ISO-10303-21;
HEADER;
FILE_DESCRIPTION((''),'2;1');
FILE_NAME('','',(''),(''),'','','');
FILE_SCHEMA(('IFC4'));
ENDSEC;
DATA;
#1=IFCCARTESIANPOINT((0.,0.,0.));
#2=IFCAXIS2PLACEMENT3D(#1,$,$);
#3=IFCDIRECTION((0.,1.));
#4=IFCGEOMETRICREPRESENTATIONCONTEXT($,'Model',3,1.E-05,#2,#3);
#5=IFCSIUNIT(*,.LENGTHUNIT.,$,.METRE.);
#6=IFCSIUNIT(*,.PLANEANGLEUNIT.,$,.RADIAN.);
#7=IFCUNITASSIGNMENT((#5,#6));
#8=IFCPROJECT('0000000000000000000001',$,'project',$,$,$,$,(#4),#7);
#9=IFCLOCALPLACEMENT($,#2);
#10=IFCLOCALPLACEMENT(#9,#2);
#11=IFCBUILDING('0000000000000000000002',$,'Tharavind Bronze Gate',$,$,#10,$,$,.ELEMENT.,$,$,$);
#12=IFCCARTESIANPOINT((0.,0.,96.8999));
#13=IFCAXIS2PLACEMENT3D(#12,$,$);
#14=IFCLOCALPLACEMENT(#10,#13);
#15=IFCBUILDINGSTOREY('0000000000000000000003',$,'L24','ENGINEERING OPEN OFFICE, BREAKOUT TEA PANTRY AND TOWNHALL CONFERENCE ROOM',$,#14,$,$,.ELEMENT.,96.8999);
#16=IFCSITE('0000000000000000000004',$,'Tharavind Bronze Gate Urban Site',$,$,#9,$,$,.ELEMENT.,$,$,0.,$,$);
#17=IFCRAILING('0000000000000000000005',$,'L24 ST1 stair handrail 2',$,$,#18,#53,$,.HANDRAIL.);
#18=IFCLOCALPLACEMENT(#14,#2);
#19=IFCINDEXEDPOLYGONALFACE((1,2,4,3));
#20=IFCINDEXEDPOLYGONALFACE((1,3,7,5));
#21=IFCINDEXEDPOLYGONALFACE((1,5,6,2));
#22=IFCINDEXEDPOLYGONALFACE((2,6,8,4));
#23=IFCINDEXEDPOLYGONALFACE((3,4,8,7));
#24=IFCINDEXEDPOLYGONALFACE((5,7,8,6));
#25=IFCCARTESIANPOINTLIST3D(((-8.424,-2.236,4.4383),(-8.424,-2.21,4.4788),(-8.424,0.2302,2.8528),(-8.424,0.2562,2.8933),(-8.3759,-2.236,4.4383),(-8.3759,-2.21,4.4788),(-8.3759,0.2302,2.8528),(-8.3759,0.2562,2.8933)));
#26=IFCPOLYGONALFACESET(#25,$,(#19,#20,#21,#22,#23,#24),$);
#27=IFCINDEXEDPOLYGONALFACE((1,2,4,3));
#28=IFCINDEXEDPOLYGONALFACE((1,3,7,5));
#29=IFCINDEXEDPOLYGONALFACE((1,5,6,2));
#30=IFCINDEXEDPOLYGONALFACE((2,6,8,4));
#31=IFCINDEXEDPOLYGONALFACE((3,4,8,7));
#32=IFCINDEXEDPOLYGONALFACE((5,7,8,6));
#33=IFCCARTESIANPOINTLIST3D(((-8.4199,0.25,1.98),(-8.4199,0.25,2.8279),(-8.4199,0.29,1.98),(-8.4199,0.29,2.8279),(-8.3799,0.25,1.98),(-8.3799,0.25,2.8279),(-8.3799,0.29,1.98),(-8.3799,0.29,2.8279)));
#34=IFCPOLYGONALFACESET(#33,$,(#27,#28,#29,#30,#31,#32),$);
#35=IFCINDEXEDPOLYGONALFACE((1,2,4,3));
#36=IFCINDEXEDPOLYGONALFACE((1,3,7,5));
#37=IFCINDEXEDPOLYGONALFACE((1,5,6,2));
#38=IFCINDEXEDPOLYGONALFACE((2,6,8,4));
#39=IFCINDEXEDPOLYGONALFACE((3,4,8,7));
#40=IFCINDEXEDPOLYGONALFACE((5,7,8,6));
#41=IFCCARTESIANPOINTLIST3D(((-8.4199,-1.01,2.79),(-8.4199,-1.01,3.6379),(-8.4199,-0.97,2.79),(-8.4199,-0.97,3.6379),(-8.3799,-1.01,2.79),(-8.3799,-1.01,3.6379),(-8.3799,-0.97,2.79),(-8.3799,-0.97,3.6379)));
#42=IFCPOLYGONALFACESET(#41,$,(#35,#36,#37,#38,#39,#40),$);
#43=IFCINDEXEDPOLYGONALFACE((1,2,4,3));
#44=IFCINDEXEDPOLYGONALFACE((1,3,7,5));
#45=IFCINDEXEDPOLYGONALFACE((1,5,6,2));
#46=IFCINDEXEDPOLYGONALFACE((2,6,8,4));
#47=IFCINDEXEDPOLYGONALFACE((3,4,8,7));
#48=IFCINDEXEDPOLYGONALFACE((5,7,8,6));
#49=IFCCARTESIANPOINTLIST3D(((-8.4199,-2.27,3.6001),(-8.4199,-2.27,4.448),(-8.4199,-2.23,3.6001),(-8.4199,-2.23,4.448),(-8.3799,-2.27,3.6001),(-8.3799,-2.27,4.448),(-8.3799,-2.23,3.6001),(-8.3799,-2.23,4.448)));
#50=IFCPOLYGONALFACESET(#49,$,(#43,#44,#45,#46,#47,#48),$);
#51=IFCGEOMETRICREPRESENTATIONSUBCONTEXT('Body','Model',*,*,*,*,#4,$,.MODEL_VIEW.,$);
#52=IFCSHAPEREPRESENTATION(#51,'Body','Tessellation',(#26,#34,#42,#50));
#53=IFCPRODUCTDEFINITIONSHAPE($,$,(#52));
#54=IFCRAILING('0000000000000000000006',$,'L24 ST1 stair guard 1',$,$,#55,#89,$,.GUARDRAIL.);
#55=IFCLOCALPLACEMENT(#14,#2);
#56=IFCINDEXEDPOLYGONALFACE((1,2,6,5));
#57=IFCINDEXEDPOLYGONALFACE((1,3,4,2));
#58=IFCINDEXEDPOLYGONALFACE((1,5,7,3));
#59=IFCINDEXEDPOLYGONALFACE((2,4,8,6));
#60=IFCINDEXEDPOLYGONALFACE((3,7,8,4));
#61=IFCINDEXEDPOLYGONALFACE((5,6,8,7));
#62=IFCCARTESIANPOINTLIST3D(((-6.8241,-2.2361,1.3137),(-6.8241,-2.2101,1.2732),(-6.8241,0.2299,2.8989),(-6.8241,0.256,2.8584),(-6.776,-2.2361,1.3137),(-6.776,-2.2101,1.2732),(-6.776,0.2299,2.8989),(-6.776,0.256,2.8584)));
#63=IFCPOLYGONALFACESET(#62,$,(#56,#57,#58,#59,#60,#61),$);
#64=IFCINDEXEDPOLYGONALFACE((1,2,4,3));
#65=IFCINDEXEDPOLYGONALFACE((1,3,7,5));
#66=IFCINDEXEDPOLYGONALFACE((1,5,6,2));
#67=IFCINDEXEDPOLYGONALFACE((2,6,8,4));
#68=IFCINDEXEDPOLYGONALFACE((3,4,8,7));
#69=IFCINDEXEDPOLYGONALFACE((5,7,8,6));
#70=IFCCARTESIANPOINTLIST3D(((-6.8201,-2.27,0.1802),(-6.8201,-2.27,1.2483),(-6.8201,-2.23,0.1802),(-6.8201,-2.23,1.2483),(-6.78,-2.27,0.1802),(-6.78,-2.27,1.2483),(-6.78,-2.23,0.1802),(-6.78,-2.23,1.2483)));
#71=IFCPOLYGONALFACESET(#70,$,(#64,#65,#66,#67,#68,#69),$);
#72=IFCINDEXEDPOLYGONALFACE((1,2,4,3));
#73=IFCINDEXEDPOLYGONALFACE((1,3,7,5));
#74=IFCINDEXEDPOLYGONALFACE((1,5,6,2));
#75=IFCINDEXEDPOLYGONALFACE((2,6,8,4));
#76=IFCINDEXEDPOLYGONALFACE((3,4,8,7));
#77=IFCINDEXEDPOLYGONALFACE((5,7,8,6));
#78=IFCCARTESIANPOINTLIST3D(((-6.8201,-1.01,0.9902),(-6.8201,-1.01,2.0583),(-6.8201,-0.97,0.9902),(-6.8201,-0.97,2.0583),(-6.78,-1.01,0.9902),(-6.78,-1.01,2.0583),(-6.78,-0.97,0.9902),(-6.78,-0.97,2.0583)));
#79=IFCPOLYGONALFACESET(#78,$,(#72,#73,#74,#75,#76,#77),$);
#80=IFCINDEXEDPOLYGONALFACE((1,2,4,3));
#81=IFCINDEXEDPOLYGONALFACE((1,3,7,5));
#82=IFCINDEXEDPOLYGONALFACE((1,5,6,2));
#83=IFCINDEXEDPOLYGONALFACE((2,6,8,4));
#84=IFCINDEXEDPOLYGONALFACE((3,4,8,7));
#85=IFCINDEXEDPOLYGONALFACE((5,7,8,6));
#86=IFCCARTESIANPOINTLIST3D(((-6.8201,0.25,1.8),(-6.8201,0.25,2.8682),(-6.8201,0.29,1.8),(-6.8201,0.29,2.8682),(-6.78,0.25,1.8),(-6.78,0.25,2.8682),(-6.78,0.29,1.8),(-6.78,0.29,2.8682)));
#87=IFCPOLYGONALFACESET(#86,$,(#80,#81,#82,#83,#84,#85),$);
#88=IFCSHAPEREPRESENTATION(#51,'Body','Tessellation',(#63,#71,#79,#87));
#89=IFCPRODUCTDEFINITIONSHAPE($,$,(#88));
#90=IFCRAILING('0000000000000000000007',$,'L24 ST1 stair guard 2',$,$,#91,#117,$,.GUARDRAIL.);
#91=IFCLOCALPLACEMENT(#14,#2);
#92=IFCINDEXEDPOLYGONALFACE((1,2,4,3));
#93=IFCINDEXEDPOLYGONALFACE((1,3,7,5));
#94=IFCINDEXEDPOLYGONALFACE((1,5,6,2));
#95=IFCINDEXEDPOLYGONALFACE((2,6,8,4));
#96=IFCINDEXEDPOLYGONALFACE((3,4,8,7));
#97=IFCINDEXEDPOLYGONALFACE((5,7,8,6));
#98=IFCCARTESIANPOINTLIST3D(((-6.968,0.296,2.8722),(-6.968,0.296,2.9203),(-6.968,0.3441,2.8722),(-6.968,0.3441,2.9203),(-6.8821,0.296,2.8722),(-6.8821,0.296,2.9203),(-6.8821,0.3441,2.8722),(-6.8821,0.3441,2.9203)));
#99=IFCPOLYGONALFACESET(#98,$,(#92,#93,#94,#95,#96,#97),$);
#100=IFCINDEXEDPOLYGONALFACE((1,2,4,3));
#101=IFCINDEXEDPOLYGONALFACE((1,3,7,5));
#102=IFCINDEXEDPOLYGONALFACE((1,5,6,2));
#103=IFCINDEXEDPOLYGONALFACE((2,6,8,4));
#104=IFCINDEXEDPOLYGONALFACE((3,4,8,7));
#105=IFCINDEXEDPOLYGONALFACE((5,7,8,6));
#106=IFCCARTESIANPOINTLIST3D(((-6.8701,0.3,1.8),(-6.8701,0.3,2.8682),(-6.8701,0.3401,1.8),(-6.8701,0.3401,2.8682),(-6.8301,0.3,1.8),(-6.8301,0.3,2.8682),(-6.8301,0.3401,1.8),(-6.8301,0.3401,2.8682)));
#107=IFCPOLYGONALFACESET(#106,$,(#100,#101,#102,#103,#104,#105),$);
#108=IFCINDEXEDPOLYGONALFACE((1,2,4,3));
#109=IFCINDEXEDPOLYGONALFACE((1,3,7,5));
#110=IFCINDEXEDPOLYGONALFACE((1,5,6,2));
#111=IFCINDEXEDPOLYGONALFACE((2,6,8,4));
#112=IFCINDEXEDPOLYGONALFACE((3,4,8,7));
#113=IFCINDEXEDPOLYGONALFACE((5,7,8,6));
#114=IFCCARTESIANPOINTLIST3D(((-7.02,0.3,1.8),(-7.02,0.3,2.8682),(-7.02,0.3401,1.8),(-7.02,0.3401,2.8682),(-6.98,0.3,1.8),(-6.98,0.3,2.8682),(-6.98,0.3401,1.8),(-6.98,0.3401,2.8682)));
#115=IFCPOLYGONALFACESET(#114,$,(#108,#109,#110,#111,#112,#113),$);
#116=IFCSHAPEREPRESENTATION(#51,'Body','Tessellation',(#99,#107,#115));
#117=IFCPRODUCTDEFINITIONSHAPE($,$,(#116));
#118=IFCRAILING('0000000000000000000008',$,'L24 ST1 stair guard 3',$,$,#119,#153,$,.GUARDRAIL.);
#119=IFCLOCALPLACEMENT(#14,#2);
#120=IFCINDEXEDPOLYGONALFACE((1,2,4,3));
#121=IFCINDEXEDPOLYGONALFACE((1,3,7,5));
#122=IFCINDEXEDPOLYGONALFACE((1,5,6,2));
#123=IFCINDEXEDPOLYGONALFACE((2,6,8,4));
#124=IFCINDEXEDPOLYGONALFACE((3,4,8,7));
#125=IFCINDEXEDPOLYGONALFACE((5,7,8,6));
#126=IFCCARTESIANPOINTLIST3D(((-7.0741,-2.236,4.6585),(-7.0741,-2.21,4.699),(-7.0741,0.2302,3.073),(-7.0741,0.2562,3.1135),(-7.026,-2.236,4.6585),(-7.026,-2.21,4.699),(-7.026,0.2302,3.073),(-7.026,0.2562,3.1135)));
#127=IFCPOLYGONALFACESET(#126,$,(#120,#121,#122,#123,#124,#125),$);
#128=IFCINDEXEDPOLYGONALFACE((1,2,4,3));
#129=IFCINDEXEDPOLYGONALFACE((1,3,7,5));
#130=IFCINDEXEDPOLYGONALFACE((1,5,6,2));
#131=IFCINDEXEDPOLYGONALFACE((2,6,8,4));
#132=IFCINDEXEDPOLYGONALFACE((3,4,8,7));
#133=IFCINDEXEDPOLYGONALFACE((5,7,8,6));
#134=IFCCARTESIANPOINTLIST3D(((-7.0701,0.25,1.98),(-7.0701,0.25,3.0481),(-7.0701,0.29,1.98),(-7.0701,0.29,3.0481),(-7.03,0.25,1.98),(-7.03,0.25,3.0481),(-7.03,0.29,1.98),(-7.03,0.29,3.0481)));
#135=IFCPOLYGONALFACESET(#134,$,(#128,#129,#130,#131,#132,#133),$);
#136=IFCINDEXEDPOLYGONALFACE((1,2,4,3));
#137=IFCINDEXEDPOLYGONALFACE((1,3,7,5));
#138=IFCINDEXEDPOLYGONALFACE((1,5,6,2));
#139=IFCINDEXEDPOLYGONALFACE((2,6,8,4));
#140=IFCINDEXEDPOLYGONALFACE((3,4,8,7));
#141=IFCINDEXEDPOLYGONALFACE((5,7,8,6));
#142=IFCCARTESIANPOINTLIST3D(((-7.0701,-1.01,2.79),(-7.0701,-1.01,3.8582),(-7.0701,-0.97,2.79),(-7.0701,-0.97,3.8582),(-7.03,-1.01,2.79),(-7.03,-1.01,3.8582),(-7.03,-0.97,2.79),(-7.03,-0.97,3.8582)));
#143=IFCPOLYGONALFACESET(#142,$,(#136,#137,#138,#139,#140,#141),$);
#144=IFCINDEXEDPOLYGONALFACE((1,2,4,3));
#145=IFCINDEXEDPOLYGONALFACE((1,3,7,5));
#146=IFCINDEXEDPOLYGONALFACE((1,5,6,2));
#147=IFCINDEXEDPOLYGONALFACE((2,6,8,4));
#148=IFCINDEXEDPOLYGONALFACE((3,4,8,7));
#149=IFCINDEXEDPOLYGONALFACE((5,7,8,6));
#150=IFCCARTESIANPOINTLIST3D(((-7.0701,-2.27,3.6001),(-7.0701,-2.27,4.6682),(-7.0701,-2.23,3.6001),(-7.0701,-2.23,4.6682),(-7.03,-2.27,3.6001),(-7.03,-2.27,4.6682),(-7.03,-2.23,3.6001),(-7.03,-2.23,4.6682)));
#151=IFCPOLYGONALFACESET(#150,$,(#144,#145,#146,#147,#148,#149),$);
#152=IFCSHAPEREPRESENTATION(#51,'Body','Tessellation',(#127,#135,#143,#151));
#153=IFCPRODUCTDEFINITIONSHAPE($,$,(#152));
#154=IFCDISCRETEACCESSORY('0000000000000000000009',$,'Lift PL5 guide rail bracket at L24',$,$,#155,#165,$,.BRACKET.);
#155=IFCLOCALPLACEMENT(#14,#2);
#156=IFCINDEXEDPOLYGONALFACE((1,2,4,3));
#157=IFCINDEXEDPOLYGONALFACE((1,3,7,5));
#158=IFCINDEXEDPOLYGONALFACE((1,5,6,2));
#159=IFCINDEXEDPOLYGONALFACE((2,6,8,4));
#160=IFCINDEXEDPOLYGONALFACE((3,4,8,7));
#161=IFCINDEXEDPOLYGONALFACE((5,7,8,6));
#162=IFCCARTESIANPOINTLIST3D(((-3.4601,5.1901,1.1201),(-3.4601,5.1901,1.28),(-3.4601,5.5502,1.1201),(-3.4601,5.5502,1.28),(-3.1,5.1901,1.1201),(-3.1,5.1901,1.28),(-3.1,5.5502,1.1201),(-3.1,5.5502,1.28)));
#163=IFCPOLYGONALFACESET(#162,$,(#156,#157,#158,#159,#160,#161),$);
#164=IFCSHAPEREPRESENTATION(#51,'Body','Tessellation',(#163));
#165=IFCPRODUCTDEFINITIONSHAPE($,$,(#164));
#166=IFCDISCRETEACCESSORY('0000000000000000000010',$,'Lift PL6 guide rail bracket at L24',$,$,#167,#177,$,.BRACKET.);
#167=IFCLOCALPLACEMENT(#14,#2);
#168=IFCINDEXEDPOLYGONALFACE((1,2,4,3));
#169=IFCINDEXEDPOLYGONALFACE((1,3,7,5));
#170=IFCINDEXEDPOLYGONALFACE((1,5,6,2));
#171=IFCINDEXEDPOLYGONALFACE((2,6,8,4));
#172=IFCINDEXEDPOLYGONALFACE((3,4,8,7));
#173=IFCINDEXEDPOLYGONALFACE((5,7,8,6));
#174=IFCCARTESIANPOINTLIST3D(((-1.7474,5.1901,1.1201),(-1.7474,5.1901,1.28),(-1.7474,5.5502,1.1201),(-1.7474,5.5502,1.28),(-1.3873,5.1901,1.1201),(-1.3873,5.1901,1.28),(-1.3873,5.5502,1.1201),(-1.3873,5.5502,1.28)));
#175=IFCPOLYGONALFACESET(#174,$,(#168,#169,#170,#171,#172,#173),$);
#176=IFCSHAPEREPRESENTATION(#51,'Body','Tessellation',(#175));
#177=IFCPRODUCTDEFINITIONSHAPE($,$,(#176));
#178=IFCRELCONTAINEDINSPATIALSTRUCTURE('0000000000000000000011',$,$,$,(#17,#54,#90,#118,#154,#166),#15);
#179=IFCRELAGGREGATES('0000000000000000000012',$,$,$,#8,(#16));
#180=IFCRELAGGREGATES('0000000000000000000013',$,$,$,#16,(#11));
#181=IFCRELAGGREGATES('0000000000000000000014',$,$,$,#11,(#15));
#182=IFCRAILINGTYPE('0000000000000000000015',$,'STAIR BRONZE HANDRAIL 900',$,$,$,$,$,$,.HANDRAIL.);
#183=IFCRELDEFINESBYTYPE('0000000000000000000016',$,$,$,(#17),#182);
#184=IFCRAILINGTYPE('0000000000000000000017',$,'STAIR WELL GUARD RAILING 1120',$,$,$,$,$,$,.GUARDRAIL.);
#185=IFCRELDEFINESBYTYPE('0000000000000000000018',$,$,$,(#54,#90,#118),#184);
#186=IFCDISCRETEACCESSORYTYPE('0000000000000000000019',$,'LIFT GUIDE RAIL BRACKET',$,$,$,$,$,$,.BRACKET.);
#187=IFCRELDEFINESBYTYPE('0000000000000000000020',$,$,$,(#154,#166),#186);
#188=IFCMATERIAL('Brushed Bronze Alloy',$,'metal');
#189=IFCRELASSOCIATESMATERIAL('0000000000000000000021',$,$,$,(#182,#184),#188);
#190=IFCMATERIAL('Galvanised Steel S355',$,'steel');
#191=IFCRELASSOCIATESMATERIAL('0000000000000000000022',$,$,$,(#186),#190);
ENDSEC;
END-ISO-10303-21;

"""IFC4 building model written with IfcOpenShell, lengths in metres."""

from ifc_helpers import new_model, si_unit, direction, frame, origin, origin_2d, place, context, subcontext, project, spatial, rectangle, extrude, material, type_object, element, save


model = new_model("IFC4")

# Units and contexts
model_context = context("Model", 3, precision=1e-05, world=origin(), true_north=direction((0.0, 1.0)))
body_context = subcontext(model_context, "Body", "Model", "MODEL_VIEW")
ifc_project = project(units=[si_unit("LENGTHUNIT", "METRE"), si_unit("PLANEANGLEUNIT", "RADIAN")], contexts=[model_context])

# Site, building, storey
site_placement = place(None, origin())
site = spatial("IfcSite", under=ifc_project, at=site_placement, Name="Tharavind Bronze Gate Urban Site", CompositionType="ELEMENT", RefElevation=0.0)
building_placement = place(site_placement, origin())
building = spatial("IfcBuilding", under=site, at=building_placement, Name="Tharavind Bronze Gate", CompositionType="ELEMENT")
storey_placement = place(building_placement, frame((0.0, 0.0, 96.8999)))
storey = spatial("IfcBuildingStorey", under=building, at=storey_placement, Name="L24", Description="ENGINEERING OPEN OFFICE, BREAKOUT TEA PANTRY AND TOWNHALL CONFERENCE ROOM", CompositionType="ELEMENT", Elevation=96.8999)

# Railings
ifc_material_1 = material(Name="Brushed Bronze Alloy", Category="metal")
railing_type_1 = type_object("IfcRailingType", Name="STAIR BRONZE HANDRAIL 900", PredefinedType="HANDRAIL", material=ifc_material_1)
railing_1_placement = place(storey_placement, frame((-8.3999, 0.27, 1.98)))
element("IfcRailing", 1, at=railing_1_placement, inside=storey, type_object=railing_type_1, Name="L24 ST1 stair handrail 2", PredefinedType="HANDRAIL", context=body_context, shape_type="SweptSolid", body=[
    extrude(rectangle(XDim=0.0481, YDim=0.0481, at=origin_2d()), frame((0.0, -0.0269, 0.8931), z_axis=(0.0, -0.841163, 0.540782), x_axis=(1.0, 0.0, 0.0)), (0.0, 0.0, 1.0), 2.9319),
    extrude(rectangle(XDim=0.04, YDim=0.04, at=origin_2d()), origin(), (0.0, 0.0, 1.0), 0.8479),
    extrude(rectangle(XDim=0.04, YDim=0.04, at=origin_2d()), frame((0.0, -1.26, 0.8101)), (0.0, 0.0, 1.0), 0.8479),
    extrude(rectangle(XDim=0.04, YDim=0.04, at=origin_2d()), frame((0.0, -2.52, 1.6201)), (0.0, 0.0, 1.0), 0.8479),
])
railing_type_2 = type_object("IfcRailingType", Name="STAIR WELL GUARD RAILING 1120", PredefinedType="GUARDRAIL", material=ifc_material_1)
railing_2_placement = place(storey_placement, frame((-6.8, -2.25, 0.1802)))
element("IfcRailing", 2, at=railing_2_placement, inside=storey, type_object=railing_type_2, Name="L24 ST1 stair guard 1", PredefinedType="GUARDRAIL", context=body_context, shape_type="SweptSolid", body=[
    extrude(rectangle(XDim=0.0481, YDim=0.0481, at=origin_2d()), frame((0.0, 0.0269, 1.1133), z_axis=(0.0, 0.8412, 0.540725), x_axis=(-1.0, 0.0, 0.0)), (0.0, 0.0, 1.0), 2.9316),
    extrude(rectangle(XDim=0.04, YDim=0.04, at=origin_2d()), origin(), (0.0, 0.0, 1.0), 1.0681),
    extrude(rectangle(XDim=0.04, YDim=0.04, at=origin_2d()), frame((0.0, 1.26, 0.8101)), (0.0, 0.0, 1.0), 1.0681),
    extrude(rectangle(XDim=0.04, YDim=0.04, at=origin_2d()), frame((0.0, 2.52, 1.6199)), (0.0, 0.0, 1.0), 1.0681),
])
railing_3_placement = place(storey_placement, frame((-6.8501, 0.3201, 1.8)))
element("IfcRailing", 3, at=railing_3_placement, inside=storey, type_object=railing_type_2, Name="L24 ST1 stair guard 2", PredefinedType="GUARDRAIL", context=body_context, shape_type="SweptSolid", body=[
    extrude(rectangle(XDim=0.0481, YDim=0.0481, at=origin_2d()), frame((-0.032, 0.0, 1.0962), z_axis=(-1.0, 0.0, 0.0), x_axis=(0.0, -1.0, 0.0)), (0.0, 0.0, 1.0), 0.0859),
    extrude(rectangle(XDim=0.04, YDim=0.04, at=origin_2d()), origin(), (0.0, 0.0, 1.0), 1.0681),
    extrude(rectangle(XDim=0.04, YDim=0.04, at=origin_2d()), frame((-0.1499, 0.0, 0.0)), (0.0, 0.0, 1.0), 1.0681),
])
railing_4_placement = place(storey_placement, frame((-7.05, 0.27, 1.98)))
element("IfcRailing", 4, at=railing_4_placement, inside=storey, type_object=railing_type_2, Name="L24 ST1 stair guard 3", PredefinedType="GUARDRAIL", context=body_context, shape_type="SweptSolid", body=[
    extrude(rectangle(XDim=0.0481, YDim=0.0481, at=origin_2d()), frame((0.0, -0.0269, 1.1133), z_axis=(0.0, -0.841163, 0.540782), x_axis=(1.0, 0.0, 0.0)), (0.0, 0.0, 1.0), 2.9319),
    extrude(rectangle(XDim=0.04, YDim=0.04, at=origin_2d()), origin(), (0.0, 0.0, 1.0), 1.0681),
    extrude(rectangle(XDim=0.04, YDim=0.04, at=origin_2d()), frame((0.0, -1.26, 0.8101)), (0.0, 0.0, 1.0), 1.0681),
    extrude(rectangle(XDim=0.04, YDim=0.04, at=origin_2d()), frame((0.0, -2.52, 1.6201)), (0.0, 0.0, 1.0), 1.0681),
])

# Discrete accessories
ifc_material_2 = material(Name="Galvanised Steel S355", Category="steel")
discrete_accessory_type = type_object("IfcDiscreteAccessoryType", Name="LIFT GUIDE RAIL BRACKET", PredefinedType="BRACKET", material=ifc_material_2)
for number, where, z_axis, x_axis, name in (
    (5, (-3.28, 5.3701, 1.1201), (0.0, 0.0, 1.0), (1.0, 0.0, 0.0), "Lift PL5 guide rail bracket at L24"),
    (6, (-1.5674, 5.3701, 1.1201), (0.0, 0.0, 1.0), (1.0, 0.0, 0.0), "Lift PL6 guide rail bracket at L24"),
):
    element("IfcDiscreteAccessory", number, at=place(storey_placement, frame(where, z_axis=z_axis, x_axis=x_axis)), inside=storey, type_object=discrete_accessory_type, Name=name, PredefinedType="BRACKET", context=body_context, shape_type="SweptSolid", body=[
        extrude(rectangle(XDim=0.3601, YDim=0.3601, at=origin_2d()), origin(), (0.0, 0.0, 1.0), 0.1599),
    ])

save(model, "model.ifc")
